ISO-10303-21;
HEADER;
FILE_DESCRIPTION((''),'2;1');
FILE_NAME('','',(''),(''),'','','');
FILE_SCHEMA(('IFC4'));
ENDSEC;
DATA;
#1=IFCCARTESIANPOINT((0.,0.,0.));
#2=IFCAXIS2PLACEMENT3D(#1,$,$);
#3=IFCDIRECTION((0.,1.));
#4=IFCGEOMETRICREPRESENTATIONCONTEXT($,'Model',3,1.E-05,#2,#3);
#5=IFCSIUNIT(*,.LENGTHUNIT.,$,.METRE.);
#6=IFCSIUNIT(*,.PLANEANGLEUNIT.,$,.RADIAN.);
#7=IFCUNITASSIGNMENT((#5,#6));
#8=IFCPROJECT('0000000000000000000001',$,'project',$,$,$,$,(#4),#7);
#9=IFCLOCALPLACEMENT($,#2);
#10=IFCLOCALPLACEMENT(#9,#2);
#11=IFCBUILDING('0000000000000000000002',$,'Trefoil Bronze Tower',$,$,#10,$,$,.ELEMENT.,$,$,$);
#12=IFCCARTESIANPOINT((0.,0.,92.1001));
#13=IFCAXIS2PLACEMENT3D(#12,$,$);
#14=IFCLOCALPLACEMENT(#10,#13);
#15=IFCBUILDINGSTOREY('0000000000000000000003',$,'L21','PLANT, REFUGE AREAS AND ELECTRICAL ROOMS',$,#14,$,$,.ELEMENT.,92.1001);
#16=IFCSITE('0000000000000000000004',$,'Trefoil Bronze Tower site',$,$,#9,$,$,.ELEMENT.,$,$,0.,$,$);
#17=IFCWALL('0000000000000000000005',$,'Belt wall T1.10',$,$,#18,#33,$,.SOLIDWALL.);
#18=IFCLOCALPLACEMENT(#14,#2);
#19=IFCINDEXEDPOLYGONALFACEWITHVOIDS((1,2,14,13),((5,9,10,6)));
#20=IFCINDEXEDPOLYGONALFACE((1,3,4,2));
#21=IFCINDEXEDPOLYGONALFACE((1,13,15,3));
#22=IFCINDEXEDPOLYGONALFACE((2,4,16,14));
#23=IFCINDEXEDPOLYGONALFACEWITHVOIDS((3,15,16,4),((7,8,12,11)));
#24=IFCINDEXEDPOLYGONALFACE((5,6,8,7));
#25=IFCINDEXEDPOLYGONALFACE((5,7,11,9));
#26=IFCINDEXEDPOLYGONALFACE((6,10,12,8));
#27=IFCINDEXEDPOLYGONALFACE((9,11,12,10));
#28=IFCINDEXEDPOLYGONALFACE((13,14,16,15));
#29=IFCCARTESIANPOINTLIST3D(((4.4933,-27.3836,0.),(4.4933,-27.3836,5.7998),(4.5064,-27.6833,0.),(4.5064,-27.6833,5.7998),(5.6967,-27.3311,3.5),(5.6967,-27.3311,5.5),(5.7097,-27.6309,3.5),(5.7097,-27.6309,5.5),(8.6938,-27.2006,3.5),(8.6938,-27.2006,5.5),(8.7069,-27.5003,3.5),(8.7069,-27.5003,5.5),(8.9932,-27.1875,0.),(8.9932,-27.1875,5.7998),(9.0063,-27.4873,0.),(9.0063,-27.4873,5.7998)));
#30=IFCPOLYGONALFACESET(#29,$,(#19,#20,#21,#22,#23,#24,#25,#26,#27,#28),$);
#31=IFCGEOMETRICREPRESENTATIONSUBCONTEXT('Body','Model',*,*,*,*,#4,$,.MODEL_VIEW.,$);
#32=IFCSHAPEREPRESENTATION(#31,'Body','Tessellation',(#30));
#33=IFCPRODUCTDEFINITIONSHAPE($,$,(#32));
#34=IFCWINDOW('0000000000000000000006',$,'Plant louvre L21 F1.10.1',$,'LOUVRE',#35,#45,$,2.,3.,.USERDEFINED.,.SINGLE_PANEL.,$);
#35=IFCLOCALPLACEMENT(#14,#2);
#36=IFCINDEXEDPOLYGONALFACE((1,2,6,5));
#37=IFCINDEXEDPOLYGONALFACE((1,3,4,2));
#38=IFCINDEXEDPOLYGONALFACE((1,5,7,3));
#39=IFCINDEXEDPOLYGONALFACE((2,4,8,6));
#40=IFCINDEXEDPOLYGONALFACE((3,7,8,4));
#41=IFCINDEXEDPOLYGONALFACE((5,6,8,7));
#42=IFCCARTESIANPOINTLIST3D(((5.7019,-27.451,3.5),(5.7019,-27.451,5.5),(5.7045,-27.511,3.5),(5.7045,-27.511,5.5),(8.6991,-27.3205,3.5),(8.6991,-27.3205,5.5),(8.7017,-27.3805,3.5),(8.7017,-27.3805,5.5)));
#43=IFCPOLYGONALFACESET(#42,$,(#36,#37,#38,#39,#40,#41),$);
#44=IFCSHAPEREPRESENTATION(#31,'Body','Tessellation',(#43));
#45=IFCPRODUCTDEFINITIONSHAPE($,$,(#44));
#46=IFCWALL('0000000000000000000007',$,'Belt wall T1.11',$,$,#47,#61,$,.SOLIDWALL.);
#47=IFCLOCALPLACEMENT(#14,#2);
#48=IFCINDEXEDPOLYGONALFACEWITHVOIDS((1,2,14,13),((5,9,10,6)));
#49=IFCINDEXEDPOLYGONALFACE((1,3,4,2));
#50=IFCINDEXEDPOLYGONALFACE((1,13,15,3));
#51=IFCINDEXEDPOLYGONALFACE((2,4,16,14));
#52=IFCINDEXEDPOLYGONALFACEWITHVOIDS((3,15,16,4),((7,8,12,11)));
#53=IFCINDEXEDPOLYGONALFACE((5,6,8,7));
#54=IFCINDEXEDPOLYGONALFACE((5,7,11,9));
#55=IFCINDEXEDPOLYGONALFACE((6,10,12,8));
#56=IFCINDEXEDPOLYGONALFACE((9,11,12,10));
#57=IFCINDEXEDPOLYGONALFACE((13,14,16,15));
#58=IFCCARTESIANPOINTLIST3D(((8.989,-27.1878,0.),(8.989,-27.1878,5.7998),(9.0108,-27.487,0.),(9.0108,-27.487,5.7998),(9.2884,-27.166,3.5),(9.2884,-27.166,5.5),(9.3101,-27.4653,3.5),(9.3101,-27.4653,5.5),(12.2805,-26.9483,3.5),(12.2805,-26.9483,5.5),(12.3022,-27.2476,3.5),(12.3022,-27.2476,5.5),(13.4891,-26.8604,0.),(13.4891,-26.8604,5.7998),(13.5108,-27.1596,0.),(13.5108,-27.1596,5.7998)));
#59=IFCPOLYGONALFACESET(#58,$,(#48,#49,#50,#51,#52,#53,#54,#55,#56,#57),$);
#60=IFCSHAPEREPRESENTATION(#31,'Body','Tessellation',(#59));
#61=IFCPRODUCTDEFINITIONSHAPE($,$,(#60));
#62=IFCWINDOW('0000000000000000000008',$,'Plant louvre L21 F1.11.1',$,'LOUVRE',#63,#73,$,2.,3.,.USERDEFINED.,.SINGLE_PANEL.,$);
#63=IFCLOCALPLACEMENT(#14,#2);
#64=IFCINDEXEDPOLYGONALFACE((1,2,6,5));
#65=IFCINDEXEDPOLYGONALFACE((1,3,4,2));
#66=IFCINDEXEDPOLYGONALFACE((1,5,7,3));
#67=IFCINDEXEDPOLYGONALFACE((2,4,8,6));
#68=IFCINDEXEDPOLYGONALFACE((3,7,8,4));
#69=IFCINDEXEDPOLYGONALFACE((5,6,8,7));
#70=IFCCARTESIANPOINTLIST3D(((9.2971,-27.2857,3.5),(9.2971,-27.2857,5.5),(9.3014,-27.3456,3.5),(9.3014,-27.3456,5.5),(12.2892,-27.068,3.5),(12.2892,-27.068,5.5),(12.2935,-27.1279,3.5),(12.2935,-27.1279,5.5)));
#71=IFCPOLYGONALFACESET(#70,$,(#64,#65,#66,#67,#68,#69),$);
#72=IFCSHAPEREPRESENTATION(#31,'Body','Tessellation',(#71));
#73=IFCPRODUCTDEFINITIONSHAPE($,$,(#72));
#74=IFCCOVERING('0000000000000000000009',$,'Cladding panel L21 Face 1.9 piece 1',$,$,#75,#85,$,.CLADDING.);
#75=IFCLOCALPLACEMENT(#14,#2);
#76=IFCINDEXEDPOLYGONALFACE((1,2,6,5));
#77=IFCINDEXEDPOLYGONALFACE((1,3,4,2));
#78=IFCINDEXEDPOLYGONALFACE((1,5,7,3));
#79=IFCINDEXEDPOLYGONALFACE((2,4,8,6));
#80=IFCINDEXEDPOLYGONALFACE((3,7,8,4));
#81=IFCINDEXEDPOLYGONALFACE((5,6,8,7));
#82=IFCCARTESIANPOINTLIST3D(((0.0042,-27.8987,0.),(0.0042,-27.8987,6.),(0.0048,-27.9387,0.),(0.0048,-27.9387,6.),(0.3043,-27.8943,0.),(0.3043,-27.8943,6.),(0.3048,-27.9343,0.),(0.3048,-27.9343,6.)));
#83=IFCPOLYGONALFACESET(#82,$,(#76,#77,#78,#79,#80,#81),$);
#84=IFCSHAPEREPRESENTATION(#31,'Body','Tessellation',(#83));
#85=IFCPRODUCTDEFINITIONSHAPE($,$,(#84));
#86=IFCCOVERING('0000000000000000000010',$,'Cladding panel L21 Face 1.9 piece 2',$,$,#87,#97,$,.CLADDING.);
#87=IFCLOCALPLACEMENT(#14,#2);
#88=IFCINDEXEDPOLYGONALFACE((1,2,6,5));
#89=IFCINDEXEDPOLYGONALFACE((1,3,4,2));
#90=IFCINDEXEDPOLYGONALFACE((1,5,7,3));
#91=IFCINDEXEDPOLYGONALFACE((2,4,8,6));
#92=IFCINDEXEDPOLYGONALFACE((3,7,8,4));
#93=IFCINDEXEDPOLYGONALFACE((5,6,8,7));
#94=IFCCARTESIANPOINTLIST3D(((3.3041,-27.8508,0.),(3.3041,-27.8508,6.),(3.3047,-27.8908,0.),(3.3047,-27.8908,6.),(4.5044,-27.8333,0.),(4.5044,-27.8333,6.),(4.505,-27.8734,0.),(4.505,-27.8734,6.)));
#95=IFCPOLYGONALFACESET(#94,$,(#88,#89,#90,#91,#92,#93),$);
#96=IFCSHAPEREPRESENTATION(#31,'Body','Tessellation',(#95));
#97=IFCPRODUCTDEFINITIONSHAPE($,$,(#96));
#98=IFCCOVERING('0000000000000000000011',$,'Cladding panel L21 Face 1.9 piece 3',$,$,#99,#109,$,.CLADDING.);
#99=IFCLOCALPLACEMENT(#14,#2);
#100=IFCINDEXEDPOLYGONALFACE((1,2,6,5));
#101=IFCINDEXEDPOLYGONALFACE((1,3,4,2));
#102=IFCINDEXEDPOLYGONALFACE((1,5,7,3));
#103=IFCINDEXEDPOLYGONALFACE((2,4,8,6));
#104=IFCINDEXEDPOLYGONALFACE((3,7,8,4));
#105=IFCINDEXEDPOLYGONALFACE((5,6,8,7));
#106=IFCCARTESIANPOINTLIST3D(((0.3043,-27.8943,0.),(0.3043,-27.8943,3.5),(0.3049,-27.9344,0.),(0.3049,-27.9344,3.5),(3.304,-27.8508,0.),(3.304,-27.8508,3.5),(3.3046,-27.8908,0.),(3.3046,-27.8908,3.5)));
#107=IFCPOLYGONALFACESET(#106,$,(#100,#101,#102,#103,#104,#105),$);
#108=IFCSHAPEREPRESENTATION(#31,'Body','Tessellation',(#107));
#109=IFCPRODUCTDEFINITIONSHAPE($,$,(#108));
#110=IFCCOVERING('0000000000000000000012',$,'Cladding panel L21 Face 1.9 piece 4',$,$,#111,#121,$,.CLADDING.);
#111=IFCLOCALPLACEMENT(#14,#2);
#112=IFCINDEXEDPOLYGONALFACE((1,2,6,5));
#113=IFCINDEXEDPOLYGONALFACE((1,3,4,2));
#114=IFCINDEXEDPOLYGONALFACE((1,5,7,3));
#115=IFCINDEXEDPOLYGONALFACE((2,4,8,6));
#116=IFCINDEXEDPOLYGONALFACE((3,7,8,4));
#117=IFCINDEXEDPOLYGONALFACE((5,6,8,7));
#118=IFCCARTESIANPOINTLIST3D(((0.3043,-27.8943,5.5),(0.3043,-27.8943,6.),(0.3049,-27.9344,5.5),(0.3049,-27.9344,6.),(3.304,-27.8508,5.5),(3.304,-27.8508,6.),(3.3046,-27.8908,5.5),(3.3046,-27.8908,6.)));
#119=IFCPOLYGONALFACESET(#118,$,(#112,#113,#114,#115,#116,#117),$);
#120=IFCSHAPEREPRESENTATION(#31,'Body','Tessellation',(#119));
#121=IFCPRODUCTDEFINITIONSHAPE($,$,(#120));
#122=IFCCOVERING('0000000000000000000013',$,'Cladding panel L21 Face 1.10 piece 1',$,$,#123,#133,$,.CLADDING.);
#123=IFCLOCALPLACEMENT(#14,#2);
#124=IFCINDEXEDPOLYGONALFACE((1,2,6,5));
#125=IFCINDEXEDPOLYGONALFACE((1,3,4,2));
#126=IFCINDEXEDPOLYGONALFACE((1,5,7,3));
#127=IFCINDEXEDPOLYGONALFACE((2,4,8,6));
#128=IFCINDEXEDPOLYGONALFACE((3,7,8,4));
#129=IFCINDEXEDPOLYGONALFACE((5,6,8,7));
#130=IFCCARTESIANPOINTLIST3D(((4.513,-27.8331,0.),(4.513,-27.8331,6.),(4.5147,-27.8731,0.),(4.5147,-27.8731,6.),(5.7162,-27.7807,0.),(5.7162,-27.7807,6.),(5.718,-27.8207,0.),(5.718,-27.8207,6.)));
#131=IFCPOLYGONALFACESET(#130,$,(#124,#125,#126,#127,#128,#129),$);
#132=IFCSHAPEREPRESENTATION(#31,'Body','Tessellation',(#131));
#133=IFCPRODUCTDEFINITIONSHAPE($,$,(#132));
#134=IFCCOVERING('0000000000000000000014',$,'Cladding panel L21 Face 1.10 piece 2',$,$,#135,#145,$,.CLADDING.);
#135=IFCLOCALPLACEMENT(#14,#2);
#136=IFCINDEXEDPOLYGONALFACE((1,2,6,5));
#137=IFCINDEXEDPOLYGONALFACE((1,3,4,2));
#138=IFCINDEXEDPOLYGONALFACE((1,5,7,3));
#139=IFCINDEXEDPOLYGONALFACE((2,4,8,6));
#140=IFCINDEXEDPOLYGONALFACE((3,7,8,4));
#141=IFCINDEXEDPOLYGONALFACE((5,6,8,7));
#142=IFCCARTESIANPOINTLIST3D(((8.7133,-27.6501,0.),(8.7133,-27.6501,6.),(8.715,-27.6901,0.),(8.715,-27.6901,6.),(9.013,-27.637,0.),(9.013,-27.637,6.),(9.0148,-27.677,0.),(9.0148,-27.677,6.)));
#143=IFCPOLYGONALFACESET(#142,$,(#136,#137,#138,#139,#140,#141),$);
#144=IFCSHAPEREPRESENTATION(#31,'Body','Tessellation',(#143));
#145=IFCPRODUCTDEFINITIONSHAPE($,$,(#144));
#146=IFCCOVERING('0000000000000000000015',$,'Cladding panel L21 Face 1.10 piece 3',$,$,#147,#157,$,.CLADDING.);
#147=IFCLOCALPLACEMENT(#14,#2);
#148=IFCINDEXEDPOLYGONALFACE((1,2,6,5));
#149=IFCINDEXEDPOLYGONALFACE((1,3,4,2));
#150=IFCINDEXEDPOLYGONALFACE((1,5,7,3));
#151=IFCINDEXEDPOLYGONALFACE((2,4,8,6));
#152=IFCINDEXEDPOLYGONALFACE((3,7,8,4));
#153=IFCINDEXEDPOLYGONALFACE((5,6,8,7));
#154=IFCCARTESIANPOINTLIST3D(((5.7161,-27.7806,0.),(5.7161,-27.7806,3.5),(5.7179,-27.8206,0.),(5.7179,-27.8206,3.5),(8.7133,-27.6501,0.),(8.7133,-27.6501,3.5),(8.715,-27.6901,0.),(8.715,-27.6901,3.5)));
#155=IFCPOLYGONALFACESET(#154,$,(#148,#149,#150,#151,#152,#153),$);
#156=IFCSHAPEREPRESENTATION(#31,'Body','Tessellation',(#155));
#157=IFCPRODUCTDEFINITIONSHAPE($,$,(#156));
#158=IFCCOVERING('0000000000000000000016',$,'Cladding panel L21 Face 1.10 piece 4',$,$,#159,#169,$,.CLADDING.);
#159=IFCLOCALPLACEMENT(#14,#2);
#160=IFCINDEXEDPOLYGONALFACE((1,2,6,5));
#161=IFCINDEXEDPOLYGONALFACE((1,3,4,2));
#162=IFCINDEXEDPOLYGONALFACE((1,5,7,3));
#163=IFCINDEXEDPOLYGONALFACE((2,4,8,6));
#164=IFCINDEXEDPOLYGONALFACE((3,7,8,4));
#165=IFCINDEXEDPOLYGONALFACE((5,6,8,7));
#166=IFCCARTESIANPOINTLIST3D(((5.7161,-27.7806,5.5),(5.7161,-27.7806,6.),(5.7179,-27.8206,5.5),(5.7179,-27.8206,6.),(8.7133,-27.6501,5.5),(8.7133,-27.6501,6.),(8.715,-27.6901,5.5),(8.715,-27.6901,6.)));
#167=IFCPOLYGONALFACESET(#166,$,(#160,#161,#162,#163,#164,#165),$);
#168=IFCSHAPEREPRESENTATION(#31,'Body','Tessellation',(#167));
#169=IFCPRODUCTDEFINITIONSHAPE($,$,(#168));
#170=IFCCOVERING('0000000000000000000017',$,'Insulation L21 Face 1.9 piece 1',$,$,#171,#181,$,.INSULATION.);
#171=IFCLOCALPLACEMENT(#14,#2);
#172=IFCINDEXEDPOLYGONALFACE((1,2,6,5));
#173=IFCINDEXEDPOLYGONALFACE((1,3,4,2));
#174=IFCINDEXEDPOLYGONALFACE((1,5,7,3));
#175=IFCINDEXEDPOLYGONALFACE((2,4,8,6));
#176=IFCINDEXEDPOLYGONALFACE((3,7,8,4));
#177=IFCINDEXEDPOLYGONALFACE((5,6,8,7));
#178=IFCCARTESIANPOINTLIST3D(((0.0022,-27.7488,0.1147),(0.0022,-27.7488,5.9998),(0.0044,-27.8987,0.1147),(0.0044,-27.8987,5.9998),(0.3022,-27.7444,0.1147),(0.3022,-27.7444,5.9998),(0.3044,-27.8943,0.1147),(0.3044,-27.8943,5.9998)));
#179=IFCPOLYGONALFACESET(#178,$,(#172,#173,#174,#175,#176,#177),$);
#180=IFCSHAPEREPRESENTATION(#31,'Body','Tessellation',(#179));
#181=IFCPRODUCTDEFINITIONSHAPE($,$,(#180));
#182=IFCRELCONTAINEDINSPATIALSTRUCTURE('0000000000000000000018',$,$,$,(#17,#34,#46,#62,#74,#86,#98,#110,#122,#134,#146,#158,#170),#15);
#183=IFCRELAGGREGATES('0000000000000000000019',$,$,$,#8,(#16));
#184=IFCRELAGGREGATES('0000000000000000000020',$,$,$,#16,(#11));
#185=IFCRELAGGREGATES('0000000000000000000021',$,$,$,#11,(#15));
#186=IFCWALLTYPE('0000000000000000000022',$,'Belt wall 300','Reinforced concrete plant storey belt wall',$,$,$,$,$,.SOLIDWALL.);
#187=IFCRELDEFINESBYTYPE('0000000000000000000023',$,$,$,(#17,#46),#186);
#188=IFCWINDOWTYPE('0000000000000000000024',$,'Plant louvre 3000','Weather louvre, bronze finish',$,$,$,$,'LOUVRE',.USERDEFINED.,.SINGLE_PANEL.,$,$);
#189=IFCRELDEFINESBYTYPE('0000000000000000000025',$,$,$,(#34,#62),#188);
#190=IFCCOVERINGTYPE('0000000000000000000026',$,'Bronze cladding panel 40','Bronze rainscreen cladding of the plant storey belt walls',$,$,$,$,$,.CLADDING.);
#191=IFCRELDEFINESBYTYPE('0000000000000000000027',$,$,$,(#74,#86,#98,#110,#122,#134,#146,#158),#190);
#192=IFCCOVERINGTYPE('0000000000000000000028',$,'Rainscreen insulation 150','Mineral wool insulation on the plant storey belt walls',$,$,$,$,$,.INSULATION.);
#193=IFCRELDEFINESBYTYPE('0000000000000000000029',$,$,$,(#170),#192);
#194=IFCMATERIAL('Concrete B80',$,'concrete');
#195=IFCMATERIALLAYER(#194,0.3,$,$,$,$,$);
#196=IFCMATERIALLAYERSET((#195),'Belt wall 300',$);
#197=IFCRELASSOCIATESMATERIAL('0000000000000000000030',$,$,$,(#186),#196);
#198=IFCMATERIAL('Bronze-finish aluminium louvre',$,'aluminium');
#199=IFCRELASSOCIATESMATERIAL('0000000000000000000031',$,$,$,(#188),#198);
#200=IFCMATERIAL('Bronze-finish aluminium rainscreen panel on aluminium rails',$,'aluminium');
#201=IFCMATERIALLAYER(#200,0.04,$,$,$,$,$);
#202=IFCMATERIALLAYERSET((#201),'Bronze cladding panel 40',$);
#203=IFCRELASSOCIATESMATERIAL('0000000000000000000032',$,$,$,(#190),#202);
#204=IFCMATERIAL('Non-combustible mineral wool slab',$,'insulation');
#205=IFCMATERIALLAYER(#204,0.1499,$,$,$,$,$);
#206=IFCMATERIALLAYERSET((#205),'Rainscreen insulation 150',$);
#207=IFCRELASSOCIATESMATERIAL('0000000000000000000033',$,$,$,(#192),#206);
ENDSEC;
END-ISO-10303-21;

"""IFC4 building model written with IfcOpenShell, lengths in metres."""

from ifc_helpers import new_model, si_unit, direction, frame, frame_2d, origin, origin_2d, place, context, subcontext, project, spatial, rectangle, extrude, material, layer, layer_set, type_object, element, fill, save


model = new_model("IFC4")

# Units and contexts
model_context = context("Model", 3, precision=1e-05, world=origin(), true_north=direction((0.0, 1.0)))
body_context = subcontext(model_context, "Body", "Model", "MODEL_VIEW")
ifc_project = project(units=[si_unit("LENGTHUNIT", "METRE"), si_unit("PLANEANGLEUNIT", "RADIAN")], contexts=[model_context])

# Site, building, storey
site_placement = place(None, origin())
site = spatial("IfcSite", under=ifc_project, at=site_placement, Name="Trefoil Bronze Tower site", CompositionType="ELEMENT", RefElevation=0.0)
building_placement = place(site_placement, origin())
building = spatial("IfcBuilding", under=site, at=building_placement, Name="Trefoil Bronze Tower", CompositionType="ELEMENT")
storey_placement = place(building_placement, frame((0.0, 0.0, 92.1001)))
storey = spatial("IfcBuildingStorey", under=building, at=storey_placement, Name="L21", Description="PLANT, REFUGE AREAS AND ELECTRICAL ROOMS", CompositionType="ELEMENT", Elevation=92.1001)

# Walls, openings, windows
ifc_material_1 = material(Name="Concrete B80", Category="concrete")
ifc_layer_1 = layer(ifc_material_1, 0.3)
ifc_layer_set_1 = layer_set([ifc_layer_1], Name="Belt wall 300")
wall_type = type_object("IfcWallType", Name="Belt wall 300", Description="Reinforced concrete plant storey belt wall", PredefinedType="SOLIDWALL", material=ifc_layer_set_1)
wall_1_placement = place(storey_placement, frame((4.5, -27.5334, 0.0), z_axis=(0.0, 0.0, 1.0), x_axis=(0.999052, 0.043524, 0.0)))
wall_1 = element("IfcWall", 1, at=wall_1_placement, inside=storey, type_object=wall_type, Name="Belt wall T1.10", PredefinedType="SOLIDWALL", context=body_context, shape_type="SweptSolid", body=[
    extrude(rectangle(XDim=4.5042, YDim=0.3, at=frame_2d((2.252, 0.0))), origin(), (0.0, 0.0, 1.0), 5.7998),
])
opening_1_placement = place(wall_1_placement, frame((1.2043, 0.0, 3.5)))
opening_1 = element("IfcOpeningElement", 2, at=opening_1_placement, cuts=wall_1, PredefinedType="OPENING", context=body_context, shape_type="SweptSolid", body=[
    extrude(rectangle(XDim=3.0, YDim=2.0, at=frame_2d((1.5, 1.0))), frame((0.0, 0.1599, 0.0), z_axis=(0.0, -1.0, 0.0), x_axis=(1.0, 0.0, 0.0)), (0.0, 0.0, 1.0), 0.3201),
])
ifc_material_2 = material(Name="Bronze-finish aluminium louvre", Category="aluminium")
window_type = type_object("IfcWindowType", Name="Plant louvre 3000", Description="Weather louvre, bronze finish", ElementType="LOUVRE", PartitioningType="SINGLE_PANEL", PredefinedType="USERDEFINED", material=ifc_material_2)
window_1_placement = place(opening_1_placement, origin())
window_1 = element("IfcWindow", 3, at=window_1_placement, inside=storey, type_object=window_type, Name="Plant louvre L21 F1.10.1", ObjectType="LOUVRE", OverallHeight=2.0, OverallWidth=3.0, PartitioningType="SINGLE_PANEL", PredefinedType="USERDEFINED", context=body_context, shape_type="SweptSolid", body=[
    extrude(rectangle(XDim=3.0, YDim=2.0, at=frame_2d((1.5, 1.0))), frame((0.0, 0.03, 0.0), z_axis=(0.0, -1.0, 0.0), x_axis=(1.0, 0.0, 0.0)), (0.0, 0.0, 1.0), 0.0601),
])
fill(opening_1, window_1)
wall_2_placement = place(storey_placement, frame((9.0, -27.3374, 0.0), z_axis=(0.0, 0.0, 1.0), x_axis=(0.997364, 0.072562, 0.0)))
wall_2 = element("IfcWall", 4, at=wall_2_placement, inside=storey, type_object=wall_type, Name="Belt wall T1.11", PredefinedType="SOLIDWALL", context=body_context, shape_type="SweptSolid", body=[
    extrude(rectangle(XDim=4.512, YDim=0.3, at=frame_2d((2.2559, 0.0))), origin(), (0.0, 0.0, 1.0), 5.7998),
])
opening_2_placement = place(wall_2_placement, frame((0.3, 0.0, 3.5)))
opening_2 = element("IfcOpeningElement", 5, at=opening_2_placement, cuts=wall_2, PredefinedType="OPENING", context=body_context, shape_type="SweptSolid", body=[
    extrude(rectangle(XDim=3.0, YDim=2.0, at=frame_2d((1.5, 1.0))), frame((0.0, 0.1599, 0.0), z_axis=(0.0, -1.0, 0.0), x_axis=(1.0, 0.0, 0.0)), (0.0, 0.0, 1.0), 0.3201),
])
window_2_placement = place(opening_2_placement, origin())
window_2 = element("IfcWindow", 6, at=window_2_placement, inside=storey, type_object=window_type, Name="Plant louvre L21 F1.11.1", ObjectType="LOUVRE", OverallHeight=2.0, OverallWidth=3.0, PartitioningType="SINGLE_PANEL", PredefinedType="USERDEFINED", context=body_context, shape_type="SweptSolid", body=[
    extrude(rectangle(XDim=3.0, YDim=2.0, at=frame_2d((1.5, 1.0))), frame((0.0, 0.03, 0.0), z_axis=(0.0, -1.0, 0.0), x_axis=(1.0, 0.0, 0.0)), (0.0, 0.0, 1.0), 0.0601),
])
fill(opening_2, window_2)

# Coverings
ifc_material_3 = material(Name="Bronze-finish aluminium rainscreen panel on aluminium rails", Category="aluminium")
ifc_layer_2 = layer(ifc_material_3, 0.04)
ifc_layer_set_2 = layer_set([ifc_layer_2], Name="Bronze cladding panel 40")
covering_type_1 = type_object("IfcCoveringType", Name="Bronze cladding panel 40", Description="Bronze rainscreen cladding of the plant storey belt walls", PredefinedType="CLADDING", material=ifc_layer_set_2)
covering_1_placement = place(storey_placement, frame((0.1545, -27.9165, 0.0), z_axis=(0.0, 0.0, 1.0), x_axis=(0.999895, 0.014509, 0.0)))
element("IfcCovering", 7, at=covering_1_placement, inside=storey, type_object=covering_type_1, Name="Cladding panel L21 Face 1.9 piece 1", PredefinedType="CLADDING", context=body_context, shape_type="SweptSolid", body=[
    extrude(rectangle(XDim=0.3, YDim=0.04, at=origin_2d()), origin(), (0.0, 0.0, 1.0), 6.0),
])
covering_2_placement = place(storey_placement, frame((3.9045, -27.8621, 0.0), z_axis=(0.0, 0.0, 1.0), x_axis=(0.999895, 0.014509, 0.0)))
element("IfcCovering", 8, at=covering_2_placement, inside=storey, type_object=covering_type_1, Name="Cladding panel L21 Face 1.9 piece 2", PredefinedType="CLADDING", context=body_context, shape_type="SweptSolid", body=[
    extrude(rectangle(XDim=1.2004, YDim=0.04, at=origin_2d()), origin(), (0.0, 0.0, 1.0), 6.0),
])
covering_3_placement = place(storey_placement, frame((1.8044, -27.8926, 0.0), z_axis=(0.0, 0.0, 1.0), x_axis=(0.999895, 0.014509, 0.0)))
element("IfcCovering", 9, at=covering_3_placement, inside=storey, type_object=covering_type_1, Name="Cladding panel L21 Face 1.9 piece 3", PredefinedType="CLADDING", context=body_context, shape_type="SweptSolid", body=[
    extrude(rectangle(XDim=3.0, YDim=0.04, at=origin_2d()), origin(), (0.0, 0.0, 1.0), 3.5),
])
covering_4_placement = place(storey_placement, frame((1.8044, -27.8926, 5.5), z_axis=(0.0, 0.0, 1.0), x_axis=(0.999895, 0.014509, 0.0)))
element("IfcCovering", 10, at=covering_4_placement, inside=storey, type_object=covering_type_1, Name="Cladding panel L21 Face 1.9 piece 4", PredefinedType="CLADDING", context=body_context, shape_type="SweptSolid", body=[
    extrude(rectangle(XDim=3.0, YDim=0.04, at=origin_2d()), origin(), (0.0, 0.0, 1.0), 0.5),
])
covering_5_placement = place(storey_placement, frame((5.1155, -27.8269, 0.0), z_axis=(0.0, 0.0, 1.0), x_axis=(0.999052, 0.043528, 0.0)))
element("IfcCovering", 11, at=covering_5_placement, inside=storey, type_object=covering_type_1, Name="Cladding panel L21 Face 1.10 piece 1", PredefinedType="CLADDING", context=body_context, shape_type="SweptSolid", body=[
    extrude(rectangle(XDim=1.2043, YDim=0.04, at=origin_2d()), origin(), (0.0, 0.0, 1.0), 6.0),
])
covering_6_placement = place(storey_placement, frame((8.864, -27.6636, 0.0), z_axis=(0.0, 0.0, 1.0), x_axis=(0.999052, 0.043528, 0.0)))
element("IfcCovering", 12, at=covering_6_placement, inside=storey, type_object=covering_type_1, Name="Cladding panel L21 Face 1.10 piece 2", PredefinedType="CLADDING", context=body_context, shape_type="SweptSolid", body=[
    extrude(rectangle(XDim=0.3, YDim=0.04, at=origin_2d()), origin(), (0.0, 0.0, 1.0), 6.0),
])
covering_7_placement = place(storey_placement, frame((7.2156, -27.7354, 0.0), z_axis=(0.0, 0.0, 1.0), x_axis=(0.999052, 0.043528, 0.0)))
element("IfcCovering", 13, at=covering_7_placement, inside=storey, type_object=covering_type_1, Name="Cladding panel L21 Face 1.10 piece 3", PredefinedType="CLADDING", context=body_context, shape_type="SweptSolid", body=[
    extrude(rectangle(XDim=3.0, YDim=0.04, at=origin_2d()), origin(), (0.0, 0.0, 1.0), 3.5),
])
covering_8_placement = place(storey_placement, frame((7.2156, -27.7354, 5.5), z_axis=(0.0, 0.0, 1.0), x_axis=(0.999052, 0.043528, 0.0)))
element("IfcCovering", 14, at=covering_8_placement, inside=storey, type_object=covering_type_1, Name="Cladding panel L21 Face 1.10 piece 4", PredefinedType="CLADDING", context=body_context, shape_type="SweptSolid", body=[
    extrude(rectangle(XDim=3.0, YDim=0.04, at=origin_2d()), origin(), (0.0, 0.0, 1.0), 0.5),
])
ifc_material_4 = material(Name="Non-combustible mineral wool slab", Category="insulation")
ifc_layer_3 = layer(ifc_material_4, 0.1499)
ifc_layer_set_3 = layer_set([ifc_layer_3], Name="Rainscreen insulation 150")
covering_type_2 = type_object("IfcCoveringType", Name="Rainscreen insulation 150", Description="Mineral wool insulation on the plant storey belt walls", PredefinedType="INSULATION", material=ifc_layer_set_3)
covering_9_placement = place(storey_placement, frame((0.1533, -27.8215, 0.1147), z_axis=(0.0, 0.0, 1.0), x_axis=(0.999895, 0.014509, 0.0)))
element("IfcCovering", 15, at=covering_9_placement, inside=storey, type_object=covering_type_2, Name="Insulation L21 Face 1.9 piece 1", PredefinedType="INSULATION", context=body_context, shape_type="SweptSolid", body=[
    extrude(rectangle(XDim=0.3, YDim=0.1499, at=origin_2d()), origin(), (0.0, 0.0, 1.0), 5.885),
])

save(model, "model.ifc")
